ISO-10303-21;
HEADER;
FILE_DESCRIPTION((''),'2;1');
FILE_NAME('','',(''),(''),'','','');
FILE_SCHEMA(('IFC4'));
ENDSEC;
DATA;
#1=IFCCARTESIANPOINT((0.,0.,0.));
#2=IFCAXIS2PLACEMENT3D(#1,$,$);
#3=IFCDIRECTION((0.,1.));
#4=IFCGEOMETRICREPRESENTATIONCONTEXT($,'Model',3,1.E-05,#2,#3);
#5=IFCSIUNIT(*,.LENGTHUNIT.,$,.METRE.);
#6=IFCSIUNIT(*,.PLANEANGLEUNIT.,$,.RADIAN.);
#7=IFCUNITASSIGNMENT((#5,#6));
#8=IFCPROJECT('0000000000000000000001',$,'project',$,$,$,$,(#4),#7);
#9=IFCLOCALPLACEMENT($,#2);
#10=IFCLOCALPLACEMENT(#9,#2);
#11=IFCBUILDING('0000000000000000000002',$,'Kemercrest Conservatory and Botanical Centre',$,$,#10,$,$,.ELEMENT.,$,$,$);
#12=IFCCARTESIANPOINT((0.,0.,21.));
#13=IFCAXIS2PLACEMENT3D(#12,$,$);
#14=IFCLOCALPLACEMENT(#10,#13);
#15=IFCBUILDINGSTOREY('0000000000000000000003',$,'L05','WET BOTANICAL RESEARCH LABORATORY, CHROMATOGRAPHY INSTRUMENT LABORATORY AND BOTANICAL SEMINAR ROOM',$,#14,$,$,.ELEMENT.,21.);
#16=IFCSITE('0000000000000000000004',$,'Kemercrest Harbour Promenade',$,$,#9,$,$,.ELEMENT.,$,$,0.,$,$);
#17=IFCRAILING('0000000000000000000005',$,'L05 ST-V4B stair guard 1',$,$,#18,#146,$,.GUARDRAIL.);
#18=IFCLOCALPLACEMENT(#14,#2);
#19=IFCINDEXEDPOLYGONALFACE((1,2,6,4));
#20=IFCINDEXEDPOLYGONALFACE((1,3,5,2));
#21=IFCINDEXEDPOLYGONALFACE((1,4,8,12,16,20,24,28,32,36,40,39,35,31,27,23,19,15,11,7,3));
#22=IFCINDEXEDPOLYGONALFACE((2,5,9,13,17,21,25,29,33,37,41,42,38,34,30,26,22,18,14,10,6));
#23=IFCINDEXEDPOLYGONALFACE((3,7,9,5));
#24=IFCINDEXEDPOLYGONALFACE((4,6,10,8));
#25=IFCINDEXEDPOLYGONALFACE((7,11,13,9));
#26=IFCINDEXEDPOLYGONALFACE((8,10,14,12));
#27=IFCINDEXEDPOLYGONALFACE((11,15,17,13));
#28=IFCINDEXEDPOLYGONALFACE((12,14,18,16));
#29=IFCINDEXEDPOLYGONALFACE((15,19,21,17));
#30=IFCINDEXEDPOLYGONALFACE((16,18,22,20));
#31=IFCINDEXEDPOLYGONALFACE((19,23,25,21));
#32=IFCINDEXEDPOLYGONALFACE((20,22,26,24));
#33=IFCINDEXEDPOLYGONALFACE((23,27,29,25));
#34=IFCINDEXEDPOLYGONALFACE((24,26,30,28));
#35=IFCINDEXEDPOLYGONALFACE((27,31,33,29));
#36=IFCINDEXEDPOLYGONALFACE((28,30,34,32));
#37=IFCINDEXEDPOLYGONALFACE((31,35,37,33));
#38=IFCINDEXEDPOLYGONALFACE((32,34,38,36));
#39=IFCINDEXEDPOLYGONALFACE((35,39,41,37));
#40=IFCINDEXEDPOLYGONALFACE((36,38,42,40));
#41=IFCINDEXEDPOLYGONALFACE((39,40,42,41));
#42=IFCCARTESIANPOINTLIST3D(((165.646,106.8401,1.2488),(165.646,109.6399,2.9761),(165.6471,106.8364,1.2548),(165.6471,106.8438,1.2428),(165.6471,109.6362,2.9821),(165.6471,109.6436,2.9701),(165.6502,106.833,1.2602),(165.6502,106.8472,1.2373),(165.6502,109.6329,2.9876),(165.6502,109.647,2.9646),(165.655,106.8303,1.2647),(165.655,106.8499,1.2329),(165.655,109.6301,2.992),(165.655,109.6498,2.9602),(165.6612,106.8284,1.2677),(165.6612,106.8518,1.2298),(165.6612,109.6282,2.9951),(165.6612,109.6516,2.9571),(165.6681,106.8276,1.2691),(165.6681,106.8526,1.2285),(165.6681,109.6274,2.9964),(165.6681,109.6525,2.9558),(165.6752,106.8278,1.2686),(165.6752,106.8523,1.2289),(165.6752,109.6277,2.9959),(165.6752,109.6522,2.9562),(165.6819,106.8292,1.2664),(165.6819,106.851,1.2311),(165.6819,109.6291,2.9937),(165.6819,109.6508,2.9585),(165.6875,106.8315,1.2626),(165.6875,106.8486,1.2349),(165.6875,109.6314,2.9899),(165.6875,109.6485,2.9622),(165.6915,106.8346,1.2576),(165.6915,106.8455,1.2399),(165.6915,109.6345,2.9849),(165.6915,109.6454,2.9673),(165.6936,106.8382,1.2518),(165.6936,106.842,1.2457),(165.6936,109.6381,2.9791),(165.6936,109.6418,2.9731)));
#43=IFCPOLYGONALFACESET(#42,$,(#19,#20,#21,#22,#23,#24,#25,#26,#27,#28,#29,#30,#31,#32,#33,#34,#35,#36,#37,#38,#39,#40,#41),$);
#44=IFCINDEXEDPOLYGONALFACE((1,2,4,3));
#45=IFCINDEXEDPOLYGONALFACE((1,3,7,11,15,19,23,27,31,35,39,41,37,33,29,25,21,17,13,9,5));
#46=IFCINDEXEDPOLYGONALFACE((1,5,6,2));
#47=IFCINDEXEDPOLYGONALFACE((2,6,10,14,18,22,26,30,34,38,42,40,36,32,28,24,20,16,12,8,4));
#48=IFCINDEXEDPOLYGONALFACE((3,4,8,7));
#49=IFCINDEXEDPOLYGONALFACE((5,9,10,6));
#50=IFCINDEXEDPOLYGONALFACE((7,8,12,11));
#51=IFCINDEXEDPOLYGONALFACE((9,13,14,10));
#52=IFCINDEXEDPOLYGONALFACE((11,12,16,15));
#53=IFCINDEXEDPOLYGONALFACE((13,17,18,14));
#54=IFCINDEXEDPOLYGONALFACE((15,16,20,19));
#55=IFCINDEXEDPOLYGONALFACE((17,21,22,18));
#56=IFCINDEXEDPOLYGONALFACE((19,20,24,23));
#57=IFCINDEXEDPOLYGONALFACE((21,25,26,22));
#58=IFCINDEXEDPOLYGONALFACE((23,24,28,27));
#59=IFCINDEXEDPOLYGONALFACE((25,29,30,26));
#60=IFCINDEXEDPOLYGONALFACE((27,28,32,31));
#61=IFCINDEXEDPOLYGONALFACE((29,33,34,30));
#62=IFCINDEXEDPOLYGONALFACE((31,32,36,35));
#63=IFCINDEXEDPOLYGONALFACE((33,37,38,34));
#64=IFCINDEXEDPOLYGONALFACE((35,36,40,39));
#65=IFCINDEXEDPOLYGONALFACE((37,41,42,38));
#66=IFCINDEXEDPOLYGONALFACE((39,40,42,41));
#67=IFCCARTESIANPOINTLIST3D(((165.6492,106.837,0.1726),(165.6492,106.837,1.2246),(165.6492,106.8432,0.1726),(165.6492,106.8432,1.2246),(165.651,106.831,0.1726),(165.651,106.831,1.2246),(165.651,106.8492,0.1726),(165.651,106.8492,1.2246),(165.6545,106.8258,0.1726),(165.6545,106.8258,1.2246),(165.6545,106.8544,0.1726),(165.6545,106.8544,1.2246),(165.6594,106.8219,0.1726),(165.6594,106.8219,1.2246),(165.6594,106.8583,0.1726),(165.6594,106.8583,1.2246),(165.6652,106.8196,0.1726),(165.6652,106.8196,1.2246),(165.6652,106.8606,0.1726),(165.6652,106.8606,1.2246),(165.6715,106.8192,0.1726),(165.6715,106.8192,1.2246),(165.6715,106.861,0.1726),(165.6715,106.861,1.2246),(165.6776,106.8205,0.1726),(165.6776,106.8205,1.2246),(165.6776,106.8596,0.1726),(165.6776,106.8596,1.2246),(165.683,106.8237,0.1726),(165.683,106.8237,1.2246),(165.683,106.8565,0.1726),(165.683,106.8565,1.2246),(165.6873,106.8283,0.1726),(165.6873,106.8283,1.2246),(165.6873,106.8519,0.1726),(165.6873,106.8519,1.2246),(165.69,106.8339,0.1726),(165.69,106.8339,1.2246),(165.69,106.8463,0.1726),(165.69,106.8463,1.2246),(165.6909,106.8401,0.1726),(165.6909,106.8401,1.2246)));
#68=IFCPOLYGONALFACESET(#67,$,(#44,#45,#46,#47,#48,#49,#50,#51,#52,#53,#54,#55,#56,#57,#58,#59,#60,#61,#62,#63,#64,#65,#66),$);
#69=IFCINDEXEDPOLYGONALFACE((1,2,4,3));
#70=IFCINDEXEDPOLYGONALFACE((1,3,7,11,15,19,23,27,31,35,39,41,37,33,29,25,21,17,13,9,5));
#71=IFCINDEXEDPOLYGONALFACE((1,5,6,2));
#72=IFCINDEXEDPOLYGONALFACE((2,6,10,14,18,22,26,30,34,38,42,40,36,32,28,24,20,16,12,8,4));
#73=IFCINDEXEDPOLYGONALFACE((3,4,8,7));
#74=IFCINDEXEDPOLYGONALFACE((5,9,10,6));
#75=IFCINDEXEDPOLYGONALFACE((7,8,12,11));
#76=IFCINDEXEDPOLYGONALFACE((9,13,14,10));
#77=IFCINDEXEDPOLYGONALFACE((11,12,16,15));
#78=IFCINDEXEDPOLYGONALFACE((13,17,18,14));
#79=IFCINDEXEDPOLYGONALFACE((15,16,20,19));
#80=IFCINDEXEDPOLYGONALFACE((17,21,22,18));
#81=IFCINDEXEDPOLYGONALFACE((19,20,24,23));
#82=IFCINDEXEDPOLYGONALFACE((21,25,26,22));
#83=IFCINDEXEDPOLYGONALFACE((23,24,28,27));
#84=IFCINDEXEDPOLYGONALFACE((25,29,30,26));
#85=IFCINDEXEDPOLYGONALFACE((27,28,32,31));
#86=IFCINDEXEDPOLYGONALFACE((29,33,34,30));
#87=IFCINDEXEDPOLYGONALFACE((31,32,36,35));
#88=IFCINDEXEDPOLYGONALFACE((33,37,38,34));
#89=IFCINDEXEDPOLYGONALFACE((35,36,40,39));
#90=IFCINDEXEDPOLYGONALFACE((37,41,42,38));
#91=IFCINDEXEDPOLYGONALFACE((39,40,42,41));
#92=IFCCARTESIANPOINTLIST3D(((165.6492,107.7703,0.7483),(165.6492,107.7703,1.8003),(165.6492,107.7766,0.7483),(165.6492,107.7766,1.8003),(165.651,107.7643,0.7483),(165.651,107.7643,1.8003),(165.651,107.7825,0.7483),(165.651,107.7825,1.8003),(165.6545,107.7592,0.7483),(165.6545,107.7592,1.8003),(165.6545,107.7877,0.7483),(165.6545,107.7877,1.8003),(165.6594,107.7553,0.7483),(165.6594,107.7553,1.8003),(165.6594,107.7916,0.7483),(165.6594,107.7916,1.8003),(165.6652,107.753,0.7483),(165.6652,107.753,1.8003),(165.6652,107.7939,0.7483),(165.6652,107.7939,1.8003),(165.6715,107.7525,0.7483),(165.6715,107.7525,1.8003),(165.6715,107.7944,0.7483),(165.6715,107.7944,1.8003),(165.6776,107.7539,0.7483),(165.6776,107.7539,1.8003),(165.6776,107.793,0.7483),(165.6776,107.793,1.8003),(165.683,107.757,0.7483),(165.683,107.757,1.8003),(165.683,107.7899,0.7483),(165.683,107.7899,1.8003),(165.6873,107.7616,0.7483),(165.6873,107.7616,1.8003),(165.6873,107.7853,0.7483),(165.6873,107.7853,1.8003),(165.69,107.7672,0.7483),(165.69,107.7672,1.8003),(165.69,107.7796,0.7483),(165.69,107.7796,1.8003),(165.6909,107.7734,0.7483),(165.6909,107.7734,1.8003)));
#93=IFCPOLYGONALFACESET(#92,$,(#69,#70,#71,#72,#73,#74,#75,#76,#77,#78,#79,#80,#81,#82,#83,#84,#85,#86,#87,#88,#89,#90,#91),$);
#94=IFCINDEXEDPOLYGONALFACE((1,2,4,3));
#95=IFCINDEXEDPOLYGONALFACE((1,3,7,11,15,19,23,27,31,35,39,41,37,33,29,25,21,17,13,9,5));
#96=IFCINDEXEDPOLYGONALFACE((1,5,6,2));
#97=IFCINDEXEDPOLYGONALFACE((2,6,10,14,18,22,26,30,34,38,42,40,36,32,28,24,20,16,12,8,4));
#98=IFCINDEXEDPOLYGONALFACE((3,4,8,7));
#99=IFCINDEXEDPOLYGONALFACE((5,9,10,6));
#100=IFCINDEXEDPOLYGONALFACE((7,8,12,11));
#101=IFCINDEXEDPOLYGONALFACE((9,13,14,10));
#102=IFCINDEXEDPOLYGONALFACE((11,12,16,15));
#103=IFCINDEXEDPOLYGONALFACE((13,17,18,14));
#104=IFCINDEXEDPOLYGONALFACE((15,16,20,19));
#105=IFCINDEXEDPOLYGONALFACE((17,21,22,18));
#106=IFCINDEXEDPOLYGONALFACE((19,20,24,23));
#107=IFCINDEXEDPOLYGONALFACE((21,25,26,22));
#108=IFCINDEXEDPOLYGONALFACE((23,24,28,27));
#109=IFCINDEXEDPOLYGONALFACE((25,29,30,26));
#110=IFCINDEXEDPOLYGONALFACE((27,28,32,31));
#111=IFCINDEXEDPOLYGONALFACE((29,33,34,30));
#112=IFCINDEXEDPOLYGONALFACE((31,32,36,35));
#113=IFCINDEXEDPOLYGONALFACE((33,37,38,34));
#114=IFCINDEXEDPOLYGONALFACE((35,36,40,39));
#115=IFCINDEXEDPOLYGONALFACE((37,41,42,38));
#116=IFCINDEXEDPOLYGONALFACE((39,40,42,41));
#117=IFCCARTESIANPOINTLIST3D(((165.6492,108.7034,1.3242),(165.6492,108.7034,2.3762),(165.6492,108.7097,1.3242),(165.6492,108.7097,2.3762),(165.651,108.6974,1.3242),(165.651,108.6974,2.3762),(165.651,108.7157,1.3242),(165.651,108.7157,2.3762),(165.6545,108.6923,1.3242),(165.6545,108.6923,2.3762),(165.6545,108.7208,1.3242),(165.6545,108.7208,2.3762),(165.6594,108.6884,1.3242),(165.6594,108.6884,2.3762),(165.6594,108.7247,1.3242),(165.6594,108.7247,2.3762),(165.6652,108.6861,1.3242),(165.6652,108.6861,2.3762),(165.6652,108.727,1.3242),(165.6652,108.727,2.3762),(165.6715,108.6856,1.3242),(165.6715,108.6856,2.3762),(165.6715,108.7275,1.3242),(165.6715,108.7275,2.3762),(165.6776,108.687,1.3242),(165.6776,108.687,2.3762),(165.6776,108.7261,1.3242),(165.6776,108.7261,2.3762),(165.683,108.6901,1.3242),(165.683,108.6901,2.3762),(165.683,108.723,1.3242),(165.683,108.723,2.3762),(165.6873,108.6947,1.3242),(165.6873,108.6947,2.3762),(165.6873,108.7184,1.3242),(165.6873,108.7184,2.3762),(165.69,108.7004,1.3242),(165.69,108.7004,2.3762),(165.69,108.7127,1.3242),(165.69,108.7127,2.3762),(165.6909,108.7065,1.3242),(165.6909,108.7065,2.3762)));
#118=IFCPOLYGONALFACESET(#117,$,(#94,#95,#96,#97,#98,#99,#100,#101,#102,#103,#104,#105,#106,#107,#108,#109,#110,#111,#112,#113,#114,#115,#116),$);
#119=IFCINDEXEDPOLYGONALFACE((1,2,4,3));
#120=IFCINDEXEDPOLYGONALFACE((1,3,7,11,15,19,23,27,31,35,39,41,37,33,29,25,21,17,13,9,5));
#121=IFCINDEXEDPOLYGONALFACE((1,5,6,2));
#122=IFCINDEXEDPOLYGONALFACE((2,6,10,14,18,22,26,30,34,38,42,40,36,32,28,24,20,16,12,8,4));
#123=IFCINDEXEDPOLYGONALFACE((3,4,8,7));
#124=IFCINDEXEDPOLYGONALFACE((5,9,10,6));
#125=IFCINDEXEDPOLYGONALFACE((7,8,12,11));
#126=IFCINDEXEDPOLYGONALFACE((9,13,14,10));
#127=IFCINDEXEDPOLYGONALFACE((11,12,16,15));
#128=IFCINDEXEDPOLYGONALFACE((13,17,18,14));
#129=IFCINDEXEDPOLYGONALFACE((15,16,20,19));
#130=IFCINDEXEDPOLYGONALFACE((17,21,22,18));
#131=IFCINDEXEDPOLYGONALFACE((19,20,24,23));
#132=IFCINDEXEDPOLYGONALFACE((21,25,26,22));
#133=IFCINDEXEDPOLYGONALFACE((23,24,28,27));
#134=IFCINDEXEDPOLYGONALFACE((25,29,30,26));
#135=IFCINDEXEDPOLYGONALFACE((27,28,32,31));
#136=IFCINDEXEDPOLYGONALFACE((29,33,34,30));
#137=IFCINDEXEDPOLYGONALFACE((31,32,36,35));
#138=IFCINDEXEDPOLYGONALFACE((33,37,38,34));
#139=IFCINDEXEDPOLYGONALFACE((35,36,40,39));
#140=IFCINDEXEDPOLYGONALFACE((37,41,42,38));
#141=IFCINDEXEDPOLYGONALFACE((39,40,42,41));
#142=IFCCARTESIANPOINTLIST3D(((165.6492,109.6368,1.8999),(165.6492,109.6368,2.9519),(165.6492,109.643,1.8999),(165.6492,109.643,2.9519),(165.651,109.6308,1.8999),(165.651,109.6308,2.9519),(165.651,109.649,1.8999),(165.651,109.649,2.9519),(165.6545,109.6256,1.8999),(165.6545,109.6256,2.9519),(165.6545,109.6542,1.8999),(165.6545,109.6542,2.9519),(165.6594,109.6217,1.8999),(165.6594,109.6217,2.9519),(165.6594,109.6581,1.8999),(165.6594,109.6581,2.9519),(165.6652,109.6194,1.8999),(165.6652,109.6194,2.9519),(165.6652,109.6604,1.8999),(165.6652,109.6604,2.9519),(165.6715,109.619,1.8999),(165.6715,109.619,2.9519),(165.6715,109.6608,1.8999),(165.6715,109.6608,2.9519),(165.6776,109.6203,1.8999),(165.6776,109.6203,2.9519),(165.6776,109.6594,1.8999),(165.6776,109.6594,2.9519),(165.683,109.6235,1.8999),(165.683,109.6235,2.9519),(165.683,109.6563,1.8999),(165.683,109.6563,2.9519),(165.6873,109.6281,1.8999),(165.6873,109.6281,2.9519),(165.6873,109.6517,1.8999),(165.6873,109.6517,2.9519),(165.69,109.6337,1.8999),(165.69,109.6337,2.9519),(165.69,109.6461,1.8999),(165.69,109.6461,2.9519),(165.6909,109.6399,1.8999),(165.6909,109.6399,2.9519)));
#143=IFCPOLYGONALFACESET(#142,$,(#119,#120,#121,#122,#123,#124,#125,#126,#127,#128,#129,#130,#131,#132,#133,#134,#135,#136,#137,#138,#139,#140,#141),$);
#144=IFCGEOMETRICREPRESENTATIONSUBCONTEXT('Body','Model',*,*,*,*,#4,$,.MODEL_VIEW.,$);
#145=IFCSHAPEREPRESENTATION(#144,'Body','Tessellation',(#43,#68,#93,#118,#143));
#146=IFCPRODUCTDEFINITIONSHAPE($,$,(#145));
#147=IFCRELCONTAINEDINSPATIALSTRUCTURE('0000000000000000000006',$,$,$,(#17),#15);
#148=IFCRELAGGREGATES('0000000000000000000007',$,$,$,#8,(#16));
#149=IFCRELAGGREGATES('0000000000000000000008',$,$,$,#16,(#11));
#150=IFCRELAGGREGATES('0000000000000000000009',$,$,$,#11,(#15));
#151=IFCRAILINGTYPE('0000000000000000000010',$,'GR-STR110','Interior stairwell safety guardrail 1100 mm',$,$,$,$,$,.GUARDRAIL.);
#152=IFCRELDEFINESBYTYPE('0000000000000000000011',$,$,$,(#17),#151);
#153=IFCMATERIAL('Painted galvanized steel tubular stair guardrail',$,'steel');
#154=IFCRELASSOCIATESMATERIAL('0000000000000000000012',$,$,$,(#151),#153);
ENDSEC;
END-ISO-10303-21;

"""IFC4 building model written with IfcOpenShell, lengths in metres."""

from ifc_helpers import new_model, si_unit, direction, frame, origin, origin_2d, place, context, subcontext, project, spatial, circle, extrude, material, type_object, element, save


model = new_model("IFC4")

# Units and contexts
model_context = context("Model", 3, precision=1e-05, world=origin(), true_north=direction((0.0, 1.0)))
body_context = subcontext(model_context, "Body", "Model", "MODEL_VIEW")
ifc_project = project(units=[si_unit("LENGTHUNIT", "METRE"), si_unit("PLANEANGLEUNIT", "RADIAN")], contexts=[model_context])

# Site, building, storey
site_placement = place(None, origin())
site = spatial("IfcSite", under=ifc_project, at=site_placement, Name="Kemercrest Harbour Promenade", CompositionType="ELEMENT", RefElevation=0.0)
building_placement = place(site_placement, origin())
building = spatial("IfcBuilding", under=site, at=building_placement, Name="Kemercrest Conservatory and Botanical Centre", CompositionType="ELEMENT")
storey_placement = place(building_placement, frame((0.0, 0.0, 21.0)))
storey = spatial("IfcBuildingStorey", under=building, at=storey_placement, Name="L05", Description="WET BOTANICAL RESEARCH LABORATORY, CHROMATOGRAPHY INSTRUMENT LABORATORY AND BOTANICAL SEMINAR ROOM", CompositionType="ELEMENT", Elevation=21.0)

# Railing
ifc_material_1 = material(Name="Painted galvanized steel tubular stair guardrail", Category="steel")
railing_type_1 = type_object("IfcRailingType", Name="GR-STR110", Description="Interior stairwell safety guardrail 1100 mm", PredefinedType="GUARDRAIL", material=ifc_material_1)
railing_1_placement = place(storey_placement, frame((165.6699, 106.8401, 0.1726)))
element("IfcRailing", 1, at=railing_1_placement, inside=storey, type_object=railing_type_1, Name="L05 ST-V4B stair guard 1", PredefinedType="GUARDRAIL", context=body_context, shape_type="SweptSolid", body=[
    extrude(circle(Radius=0.0239, at=origin_2d()), frame((0.0, 0.0, 1.0762), z_axis=(0.0, 0.851069, 0.525054), x_axis=(-1.0, 0.0, 0.0)), (0.0, 0.0, 1.0), 3.2898),
    extrude(circle(Radius=0.021, at=origin_2d()), origin(), (0.0, 0.0, 1.0), 1.052),
    extrude(circle(Radius=0.021, at=origin_2d()), frame((0.0, 0.9333, 0.5757)), (0.0, 0.0, 1.0), 1.052),
    extrude(circle(Radius=0.021, at=origin_2d()), frame((0.0, 1.8665, 1.1516)), (0.0, 0.0, 1.0), 1.052),
    extrude(circle(Radius=0.021, at=origin_2d()), frame((0.0, 2.7998, 1.7273)), (0.0, 0.0, 1.0), 1.052),
])

save(model, "model.ifc")
